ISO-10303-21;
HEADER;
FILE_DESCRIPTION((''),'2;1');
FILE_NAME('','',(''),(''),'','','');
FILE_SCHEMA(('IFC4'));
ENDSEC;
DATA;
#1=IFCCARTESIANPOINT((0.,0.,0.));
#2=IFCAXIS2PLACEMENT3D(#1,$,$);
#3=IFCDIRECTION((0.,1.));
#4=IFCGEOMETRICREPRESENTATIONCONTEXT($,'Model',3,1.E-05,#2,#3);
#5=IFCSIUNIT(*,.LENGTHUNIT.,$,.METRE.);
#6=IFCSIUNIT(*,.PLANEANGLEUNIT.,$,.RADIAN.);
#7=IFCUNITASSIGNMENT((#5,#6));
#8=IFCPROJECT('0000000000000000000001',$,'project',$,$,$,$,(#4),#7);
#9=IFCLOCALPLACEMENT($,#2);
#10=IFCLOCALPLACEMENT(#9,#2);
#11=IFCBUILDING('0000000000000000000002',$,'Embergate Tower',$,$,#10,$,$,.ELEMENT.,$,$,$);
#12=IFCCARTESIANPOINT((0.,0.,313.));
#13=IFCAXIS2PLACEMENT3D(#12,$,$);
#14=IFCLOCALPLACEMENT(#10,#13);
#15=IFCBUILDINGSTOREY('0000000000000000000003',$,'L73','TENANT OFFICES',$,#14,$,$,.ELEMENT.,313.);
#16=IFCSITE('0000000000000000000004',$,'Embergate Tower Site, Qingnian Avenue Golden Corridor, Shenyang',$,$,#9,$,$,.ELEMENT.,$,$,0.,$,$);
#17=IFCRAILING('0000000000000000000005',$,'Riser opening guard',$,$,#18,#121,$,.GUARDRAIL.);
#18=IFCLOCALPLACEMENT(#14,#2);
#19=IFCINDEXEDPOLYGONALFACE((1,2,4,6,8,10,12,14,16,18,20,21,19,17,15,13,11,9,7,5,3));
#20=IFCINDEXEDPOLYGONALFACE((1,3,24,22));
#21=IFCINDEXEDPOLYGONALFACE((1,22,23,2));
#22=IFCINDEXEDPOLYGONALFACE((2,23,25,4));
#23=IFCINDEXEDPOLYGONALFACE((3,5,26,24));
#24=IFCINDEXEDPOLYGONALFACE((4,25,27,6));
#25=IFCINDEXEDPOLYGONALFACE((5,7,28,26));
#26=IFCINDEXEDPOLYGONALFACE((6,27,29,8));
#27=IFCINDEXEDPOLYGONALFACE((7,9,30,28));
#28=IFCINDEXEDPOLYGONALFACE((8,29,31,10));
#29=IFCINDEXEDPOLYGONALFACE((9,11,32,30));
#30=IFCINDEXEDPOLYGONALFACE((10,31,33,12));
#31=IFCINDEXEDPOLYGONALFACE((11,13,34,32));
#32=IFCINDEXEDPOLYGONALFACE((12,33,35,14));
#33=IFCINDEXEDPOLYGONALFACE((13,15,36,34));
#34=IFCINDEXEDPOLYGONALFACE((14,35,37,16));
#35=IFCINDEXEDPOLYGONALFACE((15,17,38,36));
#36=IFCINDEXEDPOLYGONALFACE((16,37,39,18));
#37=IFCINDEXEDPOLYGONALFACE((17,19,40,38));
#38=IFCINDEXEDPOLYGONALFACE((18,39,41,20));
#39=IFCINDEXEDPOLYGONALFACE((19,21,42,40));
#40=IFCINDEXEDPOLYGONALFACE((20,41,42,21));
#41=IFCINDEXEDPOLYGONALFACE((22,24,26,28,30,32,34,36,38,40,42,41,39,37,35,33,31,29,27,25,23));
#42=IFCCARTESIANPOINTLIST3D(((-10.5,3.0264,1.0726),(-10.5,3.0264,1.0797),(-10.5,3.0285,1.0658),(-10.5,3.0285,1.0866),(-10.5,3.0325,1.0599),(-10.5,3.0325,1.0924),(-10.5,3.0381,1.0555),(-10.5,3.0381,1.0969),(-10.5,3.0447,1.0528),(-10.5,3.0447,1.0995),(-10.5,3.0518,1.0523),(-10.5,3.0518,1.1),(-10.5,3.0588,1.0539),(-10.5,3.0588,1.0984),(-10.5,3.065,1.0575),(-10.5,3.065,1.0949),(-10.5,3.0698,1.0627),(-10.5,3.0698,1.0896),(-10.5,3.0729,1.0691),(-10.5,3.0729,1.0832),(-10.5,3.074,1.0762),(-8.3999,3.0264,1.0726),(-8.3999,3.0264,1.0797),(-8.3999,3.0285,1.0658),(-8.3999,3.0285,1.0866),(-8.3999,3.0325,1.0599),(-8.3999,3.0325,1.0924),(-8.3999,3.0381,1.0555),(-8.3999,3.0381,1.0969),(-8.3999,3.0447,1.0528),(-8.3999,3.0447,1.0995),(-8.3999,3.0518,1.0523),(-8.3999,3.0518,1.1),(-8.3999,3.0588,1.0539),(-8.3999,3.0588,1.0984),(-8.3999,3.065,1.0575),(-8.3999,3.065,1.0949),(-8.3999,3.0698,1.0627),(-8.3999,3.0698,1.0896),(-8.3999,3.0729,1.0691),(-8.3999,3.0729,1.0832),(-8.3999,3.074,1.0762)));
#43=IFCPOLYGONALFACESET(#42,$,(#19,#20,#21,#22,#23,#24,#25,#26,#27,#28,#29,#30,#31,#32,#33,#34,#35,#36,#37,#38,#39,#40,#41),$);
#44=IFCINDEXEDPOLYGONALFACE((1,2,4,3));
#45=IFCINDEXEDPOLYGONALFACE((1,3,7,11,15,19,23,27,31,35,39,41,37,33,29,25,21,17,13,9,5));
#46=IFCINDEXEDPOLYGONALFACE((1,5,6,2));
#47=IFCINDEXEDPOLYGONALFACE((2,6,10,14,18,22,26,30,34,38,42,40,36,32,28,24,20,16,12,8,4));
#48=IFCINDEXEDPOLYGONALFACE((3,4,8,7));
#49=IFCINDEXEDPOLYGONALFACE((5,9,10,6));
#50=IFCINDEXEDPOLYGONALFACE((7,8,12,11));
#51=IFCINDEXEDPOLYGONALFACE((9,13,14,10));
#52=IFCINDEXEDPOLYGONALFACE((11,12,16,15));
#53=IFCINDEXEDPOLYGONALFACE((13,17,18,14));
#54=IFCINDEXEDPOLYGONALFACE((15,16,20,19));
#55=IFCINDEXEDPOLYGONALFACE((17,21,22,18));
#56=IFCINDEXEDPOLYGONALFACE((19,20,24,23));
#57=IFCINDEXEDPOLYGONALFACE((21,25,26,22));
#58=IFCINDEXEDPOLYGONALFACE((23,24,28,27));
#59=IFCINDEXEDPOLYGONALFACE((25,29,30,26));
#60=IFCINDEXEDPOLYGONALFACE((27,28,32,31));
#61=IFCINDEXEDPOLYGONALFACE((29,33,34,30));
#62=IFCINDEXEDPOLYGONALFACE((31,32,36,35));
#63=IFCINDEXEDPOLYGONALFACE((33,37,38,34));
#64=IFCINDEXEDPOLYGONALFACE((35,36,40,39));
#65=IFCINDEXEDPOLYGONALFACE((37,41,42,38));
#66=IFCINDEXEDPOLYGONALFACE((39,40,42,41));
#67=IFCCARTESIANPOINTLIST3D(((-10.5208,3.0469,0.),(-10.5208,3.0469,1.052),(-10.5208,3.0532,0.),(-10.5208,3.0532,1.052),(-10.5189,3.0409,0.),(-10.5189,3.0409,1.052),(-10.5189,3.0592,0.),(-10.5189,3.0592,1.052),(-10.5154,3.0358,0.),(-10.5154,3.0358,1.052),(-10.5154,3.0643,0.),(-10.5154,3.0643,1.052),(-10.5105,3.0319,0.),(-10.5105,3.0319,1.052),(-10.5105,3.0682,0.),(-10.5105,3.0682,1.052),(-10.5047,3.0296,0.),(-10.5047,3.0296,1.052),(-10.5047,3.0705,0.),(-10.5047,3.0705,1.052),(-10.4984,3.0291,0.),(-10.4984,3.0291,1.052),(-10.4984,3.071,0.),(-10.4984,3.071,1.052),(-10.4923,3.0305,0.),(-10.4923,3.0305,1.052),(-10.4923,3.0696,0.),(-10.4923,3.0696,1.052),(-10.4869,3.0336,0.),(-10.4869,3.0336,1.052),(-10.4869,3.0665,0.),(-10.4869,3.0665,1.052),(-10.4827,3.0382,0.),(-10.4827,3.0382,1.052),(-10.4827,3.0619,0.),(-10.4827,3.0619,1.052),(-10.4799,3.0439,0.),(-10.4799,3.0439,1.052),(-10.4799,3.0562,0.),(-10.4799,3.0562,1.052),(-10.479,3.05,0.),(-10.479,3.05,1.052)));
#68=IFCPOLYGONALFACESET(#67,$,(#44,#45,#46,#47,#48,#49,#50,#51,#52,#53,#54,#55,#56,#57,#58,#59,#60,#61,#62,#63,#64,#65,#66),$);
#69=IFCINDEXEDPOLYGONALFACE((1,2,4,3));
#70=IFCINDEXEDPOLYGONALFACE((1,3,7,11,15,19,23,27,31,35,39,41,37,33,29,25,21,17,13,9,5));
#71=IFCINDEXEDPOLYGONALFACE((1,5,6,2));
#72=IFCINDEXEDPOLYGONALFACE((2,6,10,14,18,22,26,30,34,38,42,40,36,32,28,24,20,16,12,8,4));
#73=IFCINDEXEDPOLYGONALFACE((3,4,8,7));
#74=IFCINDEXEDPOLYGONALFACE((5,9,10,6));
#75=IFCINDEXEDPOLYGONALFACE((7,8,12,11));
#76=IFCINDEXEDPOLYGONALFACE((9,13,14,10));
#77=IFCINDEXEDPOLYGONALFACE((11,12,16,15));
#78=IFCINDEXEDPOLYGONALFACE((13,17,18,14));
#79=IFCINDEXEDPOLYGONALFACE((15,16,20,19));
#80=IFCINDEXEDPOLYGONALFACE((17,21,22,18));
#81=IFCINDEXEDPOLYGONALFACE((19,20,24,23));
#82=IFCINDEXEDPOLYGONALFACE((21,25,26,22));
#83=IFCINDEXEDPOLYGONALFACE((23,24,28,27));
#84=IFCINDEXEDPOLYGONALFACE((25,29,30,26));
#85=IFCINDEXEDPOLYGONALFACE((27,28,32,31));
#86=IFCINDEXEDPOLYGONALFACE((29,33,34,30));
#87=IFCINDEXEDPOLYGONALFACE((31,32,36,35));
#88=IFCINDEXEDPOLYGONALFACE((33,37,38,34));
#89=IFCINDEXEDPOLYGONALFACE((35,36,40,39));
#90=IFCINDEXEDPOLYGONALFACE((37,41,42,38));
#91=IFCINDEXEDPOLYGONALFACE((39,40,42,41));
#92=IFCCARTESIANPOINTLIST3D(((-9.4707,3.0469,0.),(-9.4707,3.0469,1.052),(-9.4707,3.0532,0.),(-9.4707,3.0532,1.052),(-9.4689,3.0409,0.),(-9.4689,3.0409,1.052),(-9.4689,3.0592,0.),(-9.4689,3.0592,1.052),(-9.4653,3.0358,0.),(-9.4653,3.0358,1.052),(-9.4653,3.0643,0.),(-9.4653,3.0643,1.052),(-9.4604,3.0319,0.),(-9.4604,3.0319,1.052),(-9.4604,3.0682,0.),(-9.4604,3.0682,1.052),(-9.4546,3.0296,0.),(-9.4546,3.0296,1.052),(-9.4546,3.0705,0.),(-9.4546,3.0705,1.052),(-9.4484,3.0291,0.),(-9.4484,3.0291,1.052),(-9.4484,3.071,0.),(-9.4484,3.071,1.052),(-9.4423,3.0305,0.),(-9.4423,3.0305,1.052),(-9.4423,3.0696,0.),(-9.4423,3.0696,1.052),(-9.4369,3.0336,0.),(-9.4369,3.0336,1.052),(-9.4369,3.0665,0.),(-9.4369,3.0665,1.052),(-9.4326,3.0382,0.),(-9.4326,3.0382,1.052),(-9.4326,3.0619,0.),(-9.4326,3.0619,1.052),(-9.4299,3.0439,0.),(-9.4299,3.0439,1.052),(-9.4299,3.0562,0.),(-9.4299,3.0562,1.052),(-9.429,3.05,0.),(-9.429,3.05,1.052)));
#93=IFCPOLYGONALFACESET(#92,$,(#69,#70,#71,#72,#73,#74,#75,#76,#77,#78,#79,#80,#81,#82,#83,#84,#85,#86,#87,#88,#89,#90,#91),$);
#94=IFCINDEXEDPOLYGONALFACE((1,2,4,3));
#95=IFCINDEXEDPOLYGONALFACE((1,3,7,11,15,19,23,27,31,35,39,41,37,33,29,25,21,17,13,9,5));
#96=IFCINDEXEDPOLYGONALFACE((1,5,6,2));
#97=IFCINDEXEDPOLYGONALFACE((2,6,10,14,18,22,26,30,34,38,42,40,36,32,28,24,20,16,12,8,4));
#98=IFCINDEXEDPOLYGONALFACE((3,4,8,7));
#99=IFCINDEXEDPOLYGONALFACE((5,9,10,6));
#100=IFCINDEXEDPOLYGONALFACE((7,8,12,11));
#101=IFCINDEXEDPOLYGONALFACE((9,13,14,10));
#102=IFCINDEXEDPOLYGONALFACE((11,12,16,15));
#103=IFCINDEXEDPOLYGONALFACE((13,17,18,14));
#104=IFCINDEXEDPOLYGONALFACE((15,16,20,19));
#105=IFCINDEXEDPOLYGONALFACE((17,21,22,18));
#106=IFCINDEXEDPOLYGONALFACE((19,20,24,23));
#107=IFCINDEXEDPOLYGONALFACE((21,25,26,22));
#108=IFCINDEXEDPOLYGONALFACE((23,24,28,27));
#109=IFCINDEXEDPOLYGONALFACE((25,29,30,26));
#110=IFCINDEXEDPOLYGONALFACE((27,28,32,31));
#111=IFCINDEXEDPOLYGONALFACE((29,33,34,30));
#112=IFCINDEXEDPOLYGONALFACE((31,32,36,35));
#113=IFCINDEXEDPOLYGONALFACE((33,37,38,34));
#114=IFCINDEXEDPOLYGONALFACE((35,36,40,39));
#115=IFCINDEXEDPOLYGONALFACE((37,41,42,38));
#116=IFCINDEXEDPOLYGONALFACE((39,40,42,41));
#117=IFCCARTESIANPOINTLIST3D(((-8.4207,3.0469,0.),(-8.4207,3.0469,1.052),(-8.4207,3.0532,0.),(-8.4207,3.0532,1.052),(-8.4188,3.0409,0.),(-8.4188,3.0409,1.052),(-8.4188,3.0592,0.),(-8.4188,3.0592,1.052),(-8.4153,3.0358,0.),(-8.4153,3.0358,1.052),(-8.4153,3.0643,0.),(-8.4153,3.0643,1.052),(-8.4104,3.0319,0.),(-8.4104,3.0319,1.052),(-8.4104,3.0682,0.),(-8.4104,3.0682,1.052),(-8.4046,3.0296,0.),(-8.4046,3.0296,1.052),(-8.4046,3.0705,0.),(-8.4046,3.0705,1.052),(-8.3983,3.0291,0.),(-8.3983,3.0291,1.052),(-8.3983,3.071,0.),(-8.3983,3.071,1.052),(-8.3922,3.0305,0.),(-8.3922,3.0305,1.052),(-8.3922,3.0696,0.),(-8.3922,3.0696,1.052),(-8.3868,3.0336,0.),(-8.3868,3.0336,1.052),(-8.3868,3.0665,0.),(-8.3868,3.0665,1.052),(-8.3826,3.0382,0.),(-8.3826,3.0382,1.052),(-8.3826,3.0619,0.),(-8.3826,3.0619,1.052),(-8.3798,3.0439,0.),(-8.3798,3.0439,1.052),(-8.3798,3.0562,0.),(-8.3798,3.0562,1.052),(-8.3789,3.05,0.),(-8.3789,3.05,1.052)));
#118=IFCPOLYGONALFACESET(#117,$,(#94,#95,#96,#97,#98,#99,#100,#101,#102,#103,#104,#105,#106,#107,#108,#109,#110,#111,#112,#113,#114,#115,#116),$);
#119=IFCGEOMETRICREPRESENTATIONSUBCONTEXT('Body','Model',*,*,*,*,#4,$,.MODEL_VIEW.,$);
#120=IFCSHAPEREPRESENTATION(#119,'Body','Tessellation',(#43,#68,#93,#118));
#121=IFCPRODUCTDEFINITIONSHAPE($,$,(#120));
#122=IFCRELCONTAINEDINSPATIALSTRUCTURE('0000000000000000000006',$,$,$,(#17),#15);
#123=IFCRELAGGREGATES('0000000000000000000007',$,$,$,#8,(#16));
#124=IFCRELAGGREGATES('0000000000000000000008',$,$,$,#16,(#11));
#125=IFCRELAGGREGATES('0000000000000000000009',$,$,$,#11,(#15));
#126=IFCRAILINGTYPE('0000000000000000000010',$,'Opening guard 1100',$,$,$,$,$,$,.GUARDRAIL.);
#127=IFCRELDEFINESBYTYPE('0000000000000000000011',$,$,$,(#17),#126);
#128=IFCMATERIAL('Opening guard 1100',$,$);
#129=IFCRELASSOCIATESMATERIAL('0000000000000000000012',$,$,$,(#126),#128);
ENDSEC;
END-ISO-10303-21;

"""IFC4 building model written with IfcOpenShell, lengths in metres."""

from ifc_helpers import new_model, si_unit, direction, frame, origin, origin_2d, place, context, subcontext, project, spatial, circle, extrude, source, transform, mapped, material, type_object, element, save


model = new_model("IFC4")

# Units and contexts
model_context = context("Model", 3, precision=1e-05, world=origin(), true_north=direction((0.0, 1.0)))
body_context = subcontext(model_context, "Body", "Model", "MODEL_VIEW")
ifc_project = project(units=[si_unit("LENGTHUNIT", "METRE"), si_unit("PLANEANGLEUNIT", "RADIAN")], contexts=[model_context])

# Site, building, storey
site_placement = place(None, origin())
site = spatial("IfcSite", under=ifc_project, at=site_placement, Name="Embergate Tower Site, Qingnian Avenue Golden Corridor, Shenyang", CompositionType="ELEMENT", RefElevation=0.0)
building_placement = place(site_placement, origin())
building = spatial("IfcBuilding", under=site, at=building_placement, Name="Embergate Tower", CompositionType="ELEMENT")
storey_placement = place(building_placement, frame((0.0, 0.0, 313.0)))
storey = spatial("IfcBuildingStorey", under=building, at=storey_placement, Name="L73", Description="TENANT OFFICES", CompositionType="ELEMENT", Elevation=313.0)

# Railing
ifc_material_1 = material(Name="Opening guard 1100")
railing_type = type_object("IfcRailingType", Name="Opening guard 1100", PredefinedType="GUARDRAIL", material=ifc_material_1)
shared_shape_1 = source(origin(), body_context, "Body", "SweptSolid", [
    extrude(circle(Radius=0.0239, at=origin_2d()), frame((0.0, 0.0, 1.0762), z_axis=(1.0, 0.0, 0.0), x_axis=(0.0, 1.0, 0.0)), (0.0, 0.0, 1.0), 2.1001),
    extrude(circle(Radius=0.021, at=origin_2d()), origin(), (0.0, 0.0, 1.0), 1.052),
    extrude(circle(Radius=0.021, at=origin_2d()), frame((1.05, 0.0, 0.0)), (0.0, 0.0, 1.0), 1.052),
    extrude(circle(Radius=0.021, at=origin_2d()), frame((2.1001, 0.0, 0.0)), (0.0, 0.0, 1.0), 1.052),
])
railing_1_placement = place(storey_placement, frame((-10.5, 3.05, 0.0)))
element("IfcRailing", 1, at=railing_1_placement, inside=storey, type_object=railing_type, Name="Riser opening guard", PredefinedType="GUARDRAIL", context=body_context, shape_type="MappedRepresentation", body=[
    mapped(shared_shape_1, transform((0.0, 0.0, 0.0))),
])

save(model, "model.ifc")
